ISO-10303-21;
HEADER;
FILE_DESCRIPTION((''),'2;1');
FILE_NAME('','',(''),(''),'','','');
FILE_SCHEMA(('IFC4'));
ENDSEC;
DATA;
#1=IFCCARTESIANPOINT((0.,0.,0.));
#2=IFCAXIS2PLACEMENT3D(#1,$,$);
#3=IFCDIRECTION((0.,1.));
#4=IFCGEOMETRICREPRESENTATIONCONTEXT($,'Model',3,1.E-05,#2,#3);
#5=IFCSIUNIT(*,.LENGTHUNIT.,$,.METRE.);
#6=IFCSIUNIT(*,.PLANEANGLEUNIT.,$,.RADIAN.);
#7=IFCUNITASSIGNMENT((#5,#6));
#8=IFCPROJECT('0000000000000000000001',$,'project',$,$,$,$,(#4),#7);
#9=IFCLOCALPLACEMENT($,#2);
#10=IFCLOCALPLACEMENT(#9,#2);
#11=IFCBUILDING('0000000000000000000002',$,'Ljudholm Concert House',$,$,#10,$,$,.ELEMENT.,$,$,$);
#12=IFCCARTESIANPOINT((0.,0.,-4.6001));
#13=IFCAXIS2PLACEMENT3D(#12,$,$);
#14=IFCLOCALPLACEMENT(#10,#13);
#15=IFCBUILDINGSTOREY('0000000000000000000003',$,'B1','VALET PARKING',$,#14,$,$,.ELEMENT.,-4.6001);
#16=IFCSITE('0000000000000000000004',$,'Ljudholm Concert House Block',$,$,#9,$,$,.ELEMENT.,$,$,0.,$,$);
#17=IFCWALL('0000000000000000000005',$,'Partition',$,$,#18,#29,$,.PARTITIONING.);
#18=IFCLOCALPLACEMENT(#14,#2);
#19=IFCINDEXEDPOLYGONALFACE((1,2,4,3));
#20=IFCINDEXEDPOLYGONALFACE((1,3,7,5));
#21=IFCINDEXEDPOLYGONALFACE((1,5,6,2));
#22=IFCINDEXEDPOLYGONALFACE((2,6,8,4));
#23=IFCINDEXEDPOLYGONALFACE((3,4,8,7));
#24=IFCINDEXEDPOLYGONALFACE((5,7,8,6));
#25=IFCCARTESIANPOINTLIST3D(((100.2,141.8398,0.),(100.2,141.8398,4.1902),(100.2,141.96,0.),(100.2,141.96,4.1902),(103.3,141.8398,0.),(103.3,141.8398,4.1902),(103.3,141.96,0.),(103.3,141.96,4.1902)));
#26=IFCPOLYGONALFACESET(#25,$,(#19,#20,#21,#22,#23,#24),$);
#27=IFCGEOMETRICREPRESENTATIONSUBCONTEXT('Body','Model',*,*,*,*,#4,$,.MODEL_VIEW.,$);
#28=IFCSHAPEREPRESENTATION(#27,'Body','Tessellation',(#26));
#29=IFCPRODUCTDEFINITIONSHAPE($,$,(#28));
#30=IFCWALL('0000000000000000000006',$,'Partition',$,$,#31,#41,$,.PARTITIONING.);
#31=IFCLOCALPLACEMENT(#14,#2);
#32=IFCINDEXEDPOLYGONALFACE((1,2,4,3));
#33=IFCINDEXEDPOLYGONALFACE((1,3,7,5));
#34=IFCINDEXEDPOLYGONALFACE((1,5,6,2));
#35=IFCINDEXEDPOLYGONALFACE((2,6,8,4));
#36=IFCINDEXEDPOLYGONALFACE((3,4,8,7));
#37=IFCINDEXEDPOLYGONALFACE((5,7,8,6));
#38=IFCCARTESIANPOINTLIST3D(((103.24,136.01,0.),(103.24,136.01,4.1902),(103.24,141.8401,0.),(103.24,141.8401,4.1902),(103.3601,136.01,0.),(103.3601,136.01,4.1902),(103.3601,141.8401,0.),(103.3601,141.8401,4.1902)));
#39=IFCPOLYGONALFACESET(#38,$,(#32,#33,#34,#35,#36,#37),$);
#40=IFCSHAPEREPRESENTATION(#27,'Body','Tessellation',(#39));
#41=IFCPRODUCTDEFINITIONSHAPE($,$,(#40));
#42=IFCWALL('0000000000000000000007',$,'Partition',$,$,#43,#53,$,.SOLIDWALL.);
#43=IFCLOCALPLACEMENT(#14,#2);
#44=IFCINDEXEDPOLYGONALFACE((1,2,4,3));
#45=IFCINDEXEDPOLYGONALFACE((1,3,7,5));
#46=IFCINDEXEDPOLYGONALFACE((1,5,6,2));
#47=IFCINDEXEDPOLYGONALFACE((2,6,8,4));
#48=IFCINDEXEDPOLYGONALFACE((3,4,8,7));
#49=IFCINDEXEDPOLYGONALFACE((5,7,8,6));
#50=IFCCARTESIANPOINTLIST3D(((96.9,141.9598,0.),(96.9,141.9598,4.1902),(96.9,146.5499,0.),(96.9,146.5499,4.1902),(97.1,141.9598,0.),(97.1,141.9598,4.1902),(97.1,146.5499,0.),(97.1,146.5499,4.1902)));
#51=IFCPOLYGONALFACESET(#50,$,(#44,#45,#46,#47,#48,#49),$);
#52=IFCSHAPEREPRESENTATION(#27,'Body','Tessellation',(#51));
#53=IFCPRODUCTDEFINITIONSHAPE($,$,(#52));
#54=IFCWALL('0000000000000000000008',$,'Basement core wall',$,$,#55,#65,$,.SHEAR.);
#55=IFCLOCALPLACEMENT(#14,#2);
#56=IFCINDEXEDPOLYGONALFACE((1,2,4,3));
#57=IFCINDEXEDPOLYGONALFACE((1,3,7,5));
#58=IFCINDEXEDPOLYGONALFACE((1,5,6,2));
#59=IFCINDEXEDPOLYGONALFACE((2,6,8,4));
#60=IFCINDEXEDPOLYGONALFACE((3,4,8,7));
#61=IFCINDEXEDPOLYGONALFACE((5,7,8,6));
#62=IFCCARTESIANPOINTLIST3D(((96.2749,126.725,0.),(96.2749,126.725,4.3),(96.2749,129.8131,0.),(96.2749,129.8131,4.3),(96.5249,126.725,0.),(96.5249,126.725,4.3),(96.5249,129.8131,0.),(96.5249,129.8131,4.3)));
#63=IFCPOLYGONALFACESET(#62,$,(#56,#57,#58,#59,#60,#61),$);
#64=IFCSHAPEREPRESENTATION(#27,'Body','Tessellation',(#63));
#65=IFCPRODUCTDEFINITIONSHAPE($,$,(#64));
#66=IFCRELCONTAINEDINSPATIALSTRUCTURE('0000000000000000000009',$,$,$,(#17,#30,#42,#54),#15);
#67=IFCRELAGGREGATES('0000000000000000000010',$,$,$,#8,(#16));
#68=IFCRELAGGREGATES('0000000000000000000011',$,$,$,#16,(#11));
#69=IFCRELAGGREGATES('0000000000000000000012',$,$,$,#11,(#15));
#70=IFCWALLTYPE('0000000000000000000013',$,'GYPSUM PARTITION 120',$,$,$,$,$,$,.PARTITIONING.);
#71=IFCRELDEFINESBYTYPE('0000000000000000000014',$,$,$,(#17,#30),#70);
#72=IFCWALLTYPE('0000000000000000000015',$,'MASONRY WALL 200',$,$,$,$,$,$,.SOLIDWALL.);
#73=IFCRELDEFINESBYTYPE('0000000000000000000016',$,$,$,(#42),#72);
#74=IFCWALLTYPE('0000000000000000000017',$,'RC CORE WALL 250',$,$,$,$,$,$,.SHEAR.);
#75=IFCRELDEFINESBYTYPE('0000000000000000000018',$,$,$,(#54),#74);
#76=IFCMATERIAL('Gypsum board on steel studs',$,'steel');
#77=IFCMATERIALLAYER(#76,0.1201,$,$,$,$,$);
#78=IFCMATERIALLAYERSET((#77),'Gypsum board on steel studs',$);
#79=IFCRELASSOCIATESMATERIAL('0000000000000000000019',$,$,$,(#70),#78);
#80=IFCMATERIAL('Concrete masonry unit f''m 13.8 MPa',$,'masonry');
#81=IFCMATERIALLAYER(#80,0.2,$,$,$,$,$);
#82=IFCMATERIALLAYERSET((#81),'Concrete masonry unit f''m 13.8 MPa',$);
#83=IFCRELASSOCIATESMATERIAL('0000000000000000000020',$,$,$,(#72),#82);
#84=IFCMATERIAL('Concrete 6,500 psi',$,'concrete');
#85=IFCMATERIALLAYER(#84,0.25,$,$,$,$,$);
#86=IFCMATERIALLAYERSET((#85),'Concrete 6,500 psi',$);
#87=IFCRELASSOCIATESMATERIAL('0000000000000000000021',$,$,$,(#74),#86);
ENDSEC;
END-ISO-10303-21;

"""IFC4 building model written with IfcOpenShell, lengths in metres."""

from ifc_helpers import new_model, si_unit, direction, frame, frame_2d, origin, place, context, subcontext, project, spatial, rectangle, extrude, material, layer, layer_set, type_object, element, save


model = new_model("IFC4")

# Units and contexts
model_context = context("Model", 3, precision=1e-05, world=origin(), true_north=direction((0.0, 1.0)))
body_context = subcontext(model_context, "Body", "Model", "MODEL_VIEW")
ifc_project = project(units=[si_unit("LENGTHUNIT", "METRE"), si_unit("PLANEANGLEUNIT", "RADIAN")], contexts=[model_context])

# Site, building, storey
site_placement = place(None, origin())
site = spatial("IfcSite", under=ifc_project, at=site_placement, Name="Ljudholm Concert House Block", CompositionType="ELEMENT", RefElevation=0.0)
building_placement = place(site_placement, origin())
building = spatial("IfcBuilding", under=site, at=building_placement, Name="Ljudholm Concert House", CompositionType="ELEMENT")
storey_placement = place(building_placement, frame((0.0, 0.0, -4.6001)))
storey = spatial("IfcBuildingStorey", under=building, at=storey_placement, Name="B1", Description="VALET PARKING", CompositionType="ELEMENT", Elevation=-4.6001)

# Shared definitions
ifc_material_1 = material(Name="Gypsum board on steel studs", Category="steel")
ifc_layer_1 = layer(ifc_material_1, 0.1201)
ifc_layer_set_1 = layer_set([ifc_layer_1], Name="Gypsum board on steel studs")
wall_type_1 = type_object("IfcWallType", Name="GYPSUM PARTITION 120", PredefinedType="PARTITIONING", material=ifc_layer_set_1)

# Walls
wall_1_placement = place(storey_placement, frame((100.2, 141.8999, 0.0), z_axis=(0.0, 0.0, 1.0), x_axis=(1.0, 0.0, 0.0)))
element("IfcWall", 1, at=wall_1_placement, inside=storey, type_object=wall_type_1, Name="Partition", PredefinedType="PARTITIONING", context=body_context, shape_type="SweptSolid", body=[
    extrude(rectangle(XDim=3.1001, YDim=0.1201, at=frame_2d((1.55, 0.0))), origin(), (0.0, 0.0, 1.0), 4.1902),
])
wall_2_placement = place(storey_placement, frame((103.3, 136.01, 0.0), z_axis=(0.0, 0.0, 1.0), x_axis=(0.0, 1.0, 0.0)))
element("IfcWall", 2, at=wall_2_placement, inside=storey, type_object=wall_type_1, Name="Partition", PredefinedType="PARTITIONING", context=body_context, shape_type="SweptSolid", body=[
    extrude(rectangle(XDim=5.8301, YDim=0.1201, at=frame_2d((2.915, 0.0))), origin(), (0.0, 0.0, 1.0), 4.1902),
])
ifc_material_2 = material(Name="Concrete masonry unit f'm 13.8 MPa", Category="masonry")
ifc_layer_2 = layer(ifc_material_2, 0.2)
ifc_layer_set_2 = layer_set([ifc_layer_2], Name="Concrete masonry unit f'm 13.8 MPa")
wall_type_2 = type_object("IfcWallType", Name="MASONRY WALL 200", PredefinedType="SOLIDWALL", material=ifc_layer_set_2)
wall_3_placement = place(storey_placement, frame((97.0, 141.96, 0.0), z_axis=(0.0, 0.0, 1.0), x_axis=(0.0, 1.0, 0.0)))
element("IfcWall", 3, at=wall_3_placement, inside=storey, type_object=wall_type_2, Name="Partition", PredefinedType="SOLIDWALL", context=body_context, shape_type="SweptSolid", body=[
    extrude(rectangle(XDim=4.5901, YDim=0.2, at=frame_2d((2.2949, 0.0))), origin(), (0.0, 0.0, 1.0), 4.1902),
])
ifc_material_3 = material(Name="Concrete 6,500 psi", Category="concrete")
ifc_layer_3 = layer(ifc_material_3, 0.25)
ifc_layer_set_3 = layer_set([ifc_layer_3], Name="Concrete 6,500 psi")
wall_type_3 = type_object("IfcWallType", Name="RC CORE WALL 250", PredefinedType="SHEAR", material=ifc_layer_set_3)
wall_4_placement = place(storey_placement, frame((96.3999, 126.7251, 0.0), z_axis=(0.0, 0.0, 1.0), x_axis=(0.0, 1.0, 0.0)))
element("IfcWall", 4, at=wall_4_placement, inside=storey, type_object=wall_type_3, Name="Basement core wall", PredefinedType="SHEAR", context=body_context, shape_type="SweptSolid", body=[
    extrude(rectangle(XDim=3.0881, YDim=0.25, at=frame_2d((1.5439, 0.0))), origin(), (0.0, 0.0, 1.0), 4.3),
])

save(model, "model.ifc")
